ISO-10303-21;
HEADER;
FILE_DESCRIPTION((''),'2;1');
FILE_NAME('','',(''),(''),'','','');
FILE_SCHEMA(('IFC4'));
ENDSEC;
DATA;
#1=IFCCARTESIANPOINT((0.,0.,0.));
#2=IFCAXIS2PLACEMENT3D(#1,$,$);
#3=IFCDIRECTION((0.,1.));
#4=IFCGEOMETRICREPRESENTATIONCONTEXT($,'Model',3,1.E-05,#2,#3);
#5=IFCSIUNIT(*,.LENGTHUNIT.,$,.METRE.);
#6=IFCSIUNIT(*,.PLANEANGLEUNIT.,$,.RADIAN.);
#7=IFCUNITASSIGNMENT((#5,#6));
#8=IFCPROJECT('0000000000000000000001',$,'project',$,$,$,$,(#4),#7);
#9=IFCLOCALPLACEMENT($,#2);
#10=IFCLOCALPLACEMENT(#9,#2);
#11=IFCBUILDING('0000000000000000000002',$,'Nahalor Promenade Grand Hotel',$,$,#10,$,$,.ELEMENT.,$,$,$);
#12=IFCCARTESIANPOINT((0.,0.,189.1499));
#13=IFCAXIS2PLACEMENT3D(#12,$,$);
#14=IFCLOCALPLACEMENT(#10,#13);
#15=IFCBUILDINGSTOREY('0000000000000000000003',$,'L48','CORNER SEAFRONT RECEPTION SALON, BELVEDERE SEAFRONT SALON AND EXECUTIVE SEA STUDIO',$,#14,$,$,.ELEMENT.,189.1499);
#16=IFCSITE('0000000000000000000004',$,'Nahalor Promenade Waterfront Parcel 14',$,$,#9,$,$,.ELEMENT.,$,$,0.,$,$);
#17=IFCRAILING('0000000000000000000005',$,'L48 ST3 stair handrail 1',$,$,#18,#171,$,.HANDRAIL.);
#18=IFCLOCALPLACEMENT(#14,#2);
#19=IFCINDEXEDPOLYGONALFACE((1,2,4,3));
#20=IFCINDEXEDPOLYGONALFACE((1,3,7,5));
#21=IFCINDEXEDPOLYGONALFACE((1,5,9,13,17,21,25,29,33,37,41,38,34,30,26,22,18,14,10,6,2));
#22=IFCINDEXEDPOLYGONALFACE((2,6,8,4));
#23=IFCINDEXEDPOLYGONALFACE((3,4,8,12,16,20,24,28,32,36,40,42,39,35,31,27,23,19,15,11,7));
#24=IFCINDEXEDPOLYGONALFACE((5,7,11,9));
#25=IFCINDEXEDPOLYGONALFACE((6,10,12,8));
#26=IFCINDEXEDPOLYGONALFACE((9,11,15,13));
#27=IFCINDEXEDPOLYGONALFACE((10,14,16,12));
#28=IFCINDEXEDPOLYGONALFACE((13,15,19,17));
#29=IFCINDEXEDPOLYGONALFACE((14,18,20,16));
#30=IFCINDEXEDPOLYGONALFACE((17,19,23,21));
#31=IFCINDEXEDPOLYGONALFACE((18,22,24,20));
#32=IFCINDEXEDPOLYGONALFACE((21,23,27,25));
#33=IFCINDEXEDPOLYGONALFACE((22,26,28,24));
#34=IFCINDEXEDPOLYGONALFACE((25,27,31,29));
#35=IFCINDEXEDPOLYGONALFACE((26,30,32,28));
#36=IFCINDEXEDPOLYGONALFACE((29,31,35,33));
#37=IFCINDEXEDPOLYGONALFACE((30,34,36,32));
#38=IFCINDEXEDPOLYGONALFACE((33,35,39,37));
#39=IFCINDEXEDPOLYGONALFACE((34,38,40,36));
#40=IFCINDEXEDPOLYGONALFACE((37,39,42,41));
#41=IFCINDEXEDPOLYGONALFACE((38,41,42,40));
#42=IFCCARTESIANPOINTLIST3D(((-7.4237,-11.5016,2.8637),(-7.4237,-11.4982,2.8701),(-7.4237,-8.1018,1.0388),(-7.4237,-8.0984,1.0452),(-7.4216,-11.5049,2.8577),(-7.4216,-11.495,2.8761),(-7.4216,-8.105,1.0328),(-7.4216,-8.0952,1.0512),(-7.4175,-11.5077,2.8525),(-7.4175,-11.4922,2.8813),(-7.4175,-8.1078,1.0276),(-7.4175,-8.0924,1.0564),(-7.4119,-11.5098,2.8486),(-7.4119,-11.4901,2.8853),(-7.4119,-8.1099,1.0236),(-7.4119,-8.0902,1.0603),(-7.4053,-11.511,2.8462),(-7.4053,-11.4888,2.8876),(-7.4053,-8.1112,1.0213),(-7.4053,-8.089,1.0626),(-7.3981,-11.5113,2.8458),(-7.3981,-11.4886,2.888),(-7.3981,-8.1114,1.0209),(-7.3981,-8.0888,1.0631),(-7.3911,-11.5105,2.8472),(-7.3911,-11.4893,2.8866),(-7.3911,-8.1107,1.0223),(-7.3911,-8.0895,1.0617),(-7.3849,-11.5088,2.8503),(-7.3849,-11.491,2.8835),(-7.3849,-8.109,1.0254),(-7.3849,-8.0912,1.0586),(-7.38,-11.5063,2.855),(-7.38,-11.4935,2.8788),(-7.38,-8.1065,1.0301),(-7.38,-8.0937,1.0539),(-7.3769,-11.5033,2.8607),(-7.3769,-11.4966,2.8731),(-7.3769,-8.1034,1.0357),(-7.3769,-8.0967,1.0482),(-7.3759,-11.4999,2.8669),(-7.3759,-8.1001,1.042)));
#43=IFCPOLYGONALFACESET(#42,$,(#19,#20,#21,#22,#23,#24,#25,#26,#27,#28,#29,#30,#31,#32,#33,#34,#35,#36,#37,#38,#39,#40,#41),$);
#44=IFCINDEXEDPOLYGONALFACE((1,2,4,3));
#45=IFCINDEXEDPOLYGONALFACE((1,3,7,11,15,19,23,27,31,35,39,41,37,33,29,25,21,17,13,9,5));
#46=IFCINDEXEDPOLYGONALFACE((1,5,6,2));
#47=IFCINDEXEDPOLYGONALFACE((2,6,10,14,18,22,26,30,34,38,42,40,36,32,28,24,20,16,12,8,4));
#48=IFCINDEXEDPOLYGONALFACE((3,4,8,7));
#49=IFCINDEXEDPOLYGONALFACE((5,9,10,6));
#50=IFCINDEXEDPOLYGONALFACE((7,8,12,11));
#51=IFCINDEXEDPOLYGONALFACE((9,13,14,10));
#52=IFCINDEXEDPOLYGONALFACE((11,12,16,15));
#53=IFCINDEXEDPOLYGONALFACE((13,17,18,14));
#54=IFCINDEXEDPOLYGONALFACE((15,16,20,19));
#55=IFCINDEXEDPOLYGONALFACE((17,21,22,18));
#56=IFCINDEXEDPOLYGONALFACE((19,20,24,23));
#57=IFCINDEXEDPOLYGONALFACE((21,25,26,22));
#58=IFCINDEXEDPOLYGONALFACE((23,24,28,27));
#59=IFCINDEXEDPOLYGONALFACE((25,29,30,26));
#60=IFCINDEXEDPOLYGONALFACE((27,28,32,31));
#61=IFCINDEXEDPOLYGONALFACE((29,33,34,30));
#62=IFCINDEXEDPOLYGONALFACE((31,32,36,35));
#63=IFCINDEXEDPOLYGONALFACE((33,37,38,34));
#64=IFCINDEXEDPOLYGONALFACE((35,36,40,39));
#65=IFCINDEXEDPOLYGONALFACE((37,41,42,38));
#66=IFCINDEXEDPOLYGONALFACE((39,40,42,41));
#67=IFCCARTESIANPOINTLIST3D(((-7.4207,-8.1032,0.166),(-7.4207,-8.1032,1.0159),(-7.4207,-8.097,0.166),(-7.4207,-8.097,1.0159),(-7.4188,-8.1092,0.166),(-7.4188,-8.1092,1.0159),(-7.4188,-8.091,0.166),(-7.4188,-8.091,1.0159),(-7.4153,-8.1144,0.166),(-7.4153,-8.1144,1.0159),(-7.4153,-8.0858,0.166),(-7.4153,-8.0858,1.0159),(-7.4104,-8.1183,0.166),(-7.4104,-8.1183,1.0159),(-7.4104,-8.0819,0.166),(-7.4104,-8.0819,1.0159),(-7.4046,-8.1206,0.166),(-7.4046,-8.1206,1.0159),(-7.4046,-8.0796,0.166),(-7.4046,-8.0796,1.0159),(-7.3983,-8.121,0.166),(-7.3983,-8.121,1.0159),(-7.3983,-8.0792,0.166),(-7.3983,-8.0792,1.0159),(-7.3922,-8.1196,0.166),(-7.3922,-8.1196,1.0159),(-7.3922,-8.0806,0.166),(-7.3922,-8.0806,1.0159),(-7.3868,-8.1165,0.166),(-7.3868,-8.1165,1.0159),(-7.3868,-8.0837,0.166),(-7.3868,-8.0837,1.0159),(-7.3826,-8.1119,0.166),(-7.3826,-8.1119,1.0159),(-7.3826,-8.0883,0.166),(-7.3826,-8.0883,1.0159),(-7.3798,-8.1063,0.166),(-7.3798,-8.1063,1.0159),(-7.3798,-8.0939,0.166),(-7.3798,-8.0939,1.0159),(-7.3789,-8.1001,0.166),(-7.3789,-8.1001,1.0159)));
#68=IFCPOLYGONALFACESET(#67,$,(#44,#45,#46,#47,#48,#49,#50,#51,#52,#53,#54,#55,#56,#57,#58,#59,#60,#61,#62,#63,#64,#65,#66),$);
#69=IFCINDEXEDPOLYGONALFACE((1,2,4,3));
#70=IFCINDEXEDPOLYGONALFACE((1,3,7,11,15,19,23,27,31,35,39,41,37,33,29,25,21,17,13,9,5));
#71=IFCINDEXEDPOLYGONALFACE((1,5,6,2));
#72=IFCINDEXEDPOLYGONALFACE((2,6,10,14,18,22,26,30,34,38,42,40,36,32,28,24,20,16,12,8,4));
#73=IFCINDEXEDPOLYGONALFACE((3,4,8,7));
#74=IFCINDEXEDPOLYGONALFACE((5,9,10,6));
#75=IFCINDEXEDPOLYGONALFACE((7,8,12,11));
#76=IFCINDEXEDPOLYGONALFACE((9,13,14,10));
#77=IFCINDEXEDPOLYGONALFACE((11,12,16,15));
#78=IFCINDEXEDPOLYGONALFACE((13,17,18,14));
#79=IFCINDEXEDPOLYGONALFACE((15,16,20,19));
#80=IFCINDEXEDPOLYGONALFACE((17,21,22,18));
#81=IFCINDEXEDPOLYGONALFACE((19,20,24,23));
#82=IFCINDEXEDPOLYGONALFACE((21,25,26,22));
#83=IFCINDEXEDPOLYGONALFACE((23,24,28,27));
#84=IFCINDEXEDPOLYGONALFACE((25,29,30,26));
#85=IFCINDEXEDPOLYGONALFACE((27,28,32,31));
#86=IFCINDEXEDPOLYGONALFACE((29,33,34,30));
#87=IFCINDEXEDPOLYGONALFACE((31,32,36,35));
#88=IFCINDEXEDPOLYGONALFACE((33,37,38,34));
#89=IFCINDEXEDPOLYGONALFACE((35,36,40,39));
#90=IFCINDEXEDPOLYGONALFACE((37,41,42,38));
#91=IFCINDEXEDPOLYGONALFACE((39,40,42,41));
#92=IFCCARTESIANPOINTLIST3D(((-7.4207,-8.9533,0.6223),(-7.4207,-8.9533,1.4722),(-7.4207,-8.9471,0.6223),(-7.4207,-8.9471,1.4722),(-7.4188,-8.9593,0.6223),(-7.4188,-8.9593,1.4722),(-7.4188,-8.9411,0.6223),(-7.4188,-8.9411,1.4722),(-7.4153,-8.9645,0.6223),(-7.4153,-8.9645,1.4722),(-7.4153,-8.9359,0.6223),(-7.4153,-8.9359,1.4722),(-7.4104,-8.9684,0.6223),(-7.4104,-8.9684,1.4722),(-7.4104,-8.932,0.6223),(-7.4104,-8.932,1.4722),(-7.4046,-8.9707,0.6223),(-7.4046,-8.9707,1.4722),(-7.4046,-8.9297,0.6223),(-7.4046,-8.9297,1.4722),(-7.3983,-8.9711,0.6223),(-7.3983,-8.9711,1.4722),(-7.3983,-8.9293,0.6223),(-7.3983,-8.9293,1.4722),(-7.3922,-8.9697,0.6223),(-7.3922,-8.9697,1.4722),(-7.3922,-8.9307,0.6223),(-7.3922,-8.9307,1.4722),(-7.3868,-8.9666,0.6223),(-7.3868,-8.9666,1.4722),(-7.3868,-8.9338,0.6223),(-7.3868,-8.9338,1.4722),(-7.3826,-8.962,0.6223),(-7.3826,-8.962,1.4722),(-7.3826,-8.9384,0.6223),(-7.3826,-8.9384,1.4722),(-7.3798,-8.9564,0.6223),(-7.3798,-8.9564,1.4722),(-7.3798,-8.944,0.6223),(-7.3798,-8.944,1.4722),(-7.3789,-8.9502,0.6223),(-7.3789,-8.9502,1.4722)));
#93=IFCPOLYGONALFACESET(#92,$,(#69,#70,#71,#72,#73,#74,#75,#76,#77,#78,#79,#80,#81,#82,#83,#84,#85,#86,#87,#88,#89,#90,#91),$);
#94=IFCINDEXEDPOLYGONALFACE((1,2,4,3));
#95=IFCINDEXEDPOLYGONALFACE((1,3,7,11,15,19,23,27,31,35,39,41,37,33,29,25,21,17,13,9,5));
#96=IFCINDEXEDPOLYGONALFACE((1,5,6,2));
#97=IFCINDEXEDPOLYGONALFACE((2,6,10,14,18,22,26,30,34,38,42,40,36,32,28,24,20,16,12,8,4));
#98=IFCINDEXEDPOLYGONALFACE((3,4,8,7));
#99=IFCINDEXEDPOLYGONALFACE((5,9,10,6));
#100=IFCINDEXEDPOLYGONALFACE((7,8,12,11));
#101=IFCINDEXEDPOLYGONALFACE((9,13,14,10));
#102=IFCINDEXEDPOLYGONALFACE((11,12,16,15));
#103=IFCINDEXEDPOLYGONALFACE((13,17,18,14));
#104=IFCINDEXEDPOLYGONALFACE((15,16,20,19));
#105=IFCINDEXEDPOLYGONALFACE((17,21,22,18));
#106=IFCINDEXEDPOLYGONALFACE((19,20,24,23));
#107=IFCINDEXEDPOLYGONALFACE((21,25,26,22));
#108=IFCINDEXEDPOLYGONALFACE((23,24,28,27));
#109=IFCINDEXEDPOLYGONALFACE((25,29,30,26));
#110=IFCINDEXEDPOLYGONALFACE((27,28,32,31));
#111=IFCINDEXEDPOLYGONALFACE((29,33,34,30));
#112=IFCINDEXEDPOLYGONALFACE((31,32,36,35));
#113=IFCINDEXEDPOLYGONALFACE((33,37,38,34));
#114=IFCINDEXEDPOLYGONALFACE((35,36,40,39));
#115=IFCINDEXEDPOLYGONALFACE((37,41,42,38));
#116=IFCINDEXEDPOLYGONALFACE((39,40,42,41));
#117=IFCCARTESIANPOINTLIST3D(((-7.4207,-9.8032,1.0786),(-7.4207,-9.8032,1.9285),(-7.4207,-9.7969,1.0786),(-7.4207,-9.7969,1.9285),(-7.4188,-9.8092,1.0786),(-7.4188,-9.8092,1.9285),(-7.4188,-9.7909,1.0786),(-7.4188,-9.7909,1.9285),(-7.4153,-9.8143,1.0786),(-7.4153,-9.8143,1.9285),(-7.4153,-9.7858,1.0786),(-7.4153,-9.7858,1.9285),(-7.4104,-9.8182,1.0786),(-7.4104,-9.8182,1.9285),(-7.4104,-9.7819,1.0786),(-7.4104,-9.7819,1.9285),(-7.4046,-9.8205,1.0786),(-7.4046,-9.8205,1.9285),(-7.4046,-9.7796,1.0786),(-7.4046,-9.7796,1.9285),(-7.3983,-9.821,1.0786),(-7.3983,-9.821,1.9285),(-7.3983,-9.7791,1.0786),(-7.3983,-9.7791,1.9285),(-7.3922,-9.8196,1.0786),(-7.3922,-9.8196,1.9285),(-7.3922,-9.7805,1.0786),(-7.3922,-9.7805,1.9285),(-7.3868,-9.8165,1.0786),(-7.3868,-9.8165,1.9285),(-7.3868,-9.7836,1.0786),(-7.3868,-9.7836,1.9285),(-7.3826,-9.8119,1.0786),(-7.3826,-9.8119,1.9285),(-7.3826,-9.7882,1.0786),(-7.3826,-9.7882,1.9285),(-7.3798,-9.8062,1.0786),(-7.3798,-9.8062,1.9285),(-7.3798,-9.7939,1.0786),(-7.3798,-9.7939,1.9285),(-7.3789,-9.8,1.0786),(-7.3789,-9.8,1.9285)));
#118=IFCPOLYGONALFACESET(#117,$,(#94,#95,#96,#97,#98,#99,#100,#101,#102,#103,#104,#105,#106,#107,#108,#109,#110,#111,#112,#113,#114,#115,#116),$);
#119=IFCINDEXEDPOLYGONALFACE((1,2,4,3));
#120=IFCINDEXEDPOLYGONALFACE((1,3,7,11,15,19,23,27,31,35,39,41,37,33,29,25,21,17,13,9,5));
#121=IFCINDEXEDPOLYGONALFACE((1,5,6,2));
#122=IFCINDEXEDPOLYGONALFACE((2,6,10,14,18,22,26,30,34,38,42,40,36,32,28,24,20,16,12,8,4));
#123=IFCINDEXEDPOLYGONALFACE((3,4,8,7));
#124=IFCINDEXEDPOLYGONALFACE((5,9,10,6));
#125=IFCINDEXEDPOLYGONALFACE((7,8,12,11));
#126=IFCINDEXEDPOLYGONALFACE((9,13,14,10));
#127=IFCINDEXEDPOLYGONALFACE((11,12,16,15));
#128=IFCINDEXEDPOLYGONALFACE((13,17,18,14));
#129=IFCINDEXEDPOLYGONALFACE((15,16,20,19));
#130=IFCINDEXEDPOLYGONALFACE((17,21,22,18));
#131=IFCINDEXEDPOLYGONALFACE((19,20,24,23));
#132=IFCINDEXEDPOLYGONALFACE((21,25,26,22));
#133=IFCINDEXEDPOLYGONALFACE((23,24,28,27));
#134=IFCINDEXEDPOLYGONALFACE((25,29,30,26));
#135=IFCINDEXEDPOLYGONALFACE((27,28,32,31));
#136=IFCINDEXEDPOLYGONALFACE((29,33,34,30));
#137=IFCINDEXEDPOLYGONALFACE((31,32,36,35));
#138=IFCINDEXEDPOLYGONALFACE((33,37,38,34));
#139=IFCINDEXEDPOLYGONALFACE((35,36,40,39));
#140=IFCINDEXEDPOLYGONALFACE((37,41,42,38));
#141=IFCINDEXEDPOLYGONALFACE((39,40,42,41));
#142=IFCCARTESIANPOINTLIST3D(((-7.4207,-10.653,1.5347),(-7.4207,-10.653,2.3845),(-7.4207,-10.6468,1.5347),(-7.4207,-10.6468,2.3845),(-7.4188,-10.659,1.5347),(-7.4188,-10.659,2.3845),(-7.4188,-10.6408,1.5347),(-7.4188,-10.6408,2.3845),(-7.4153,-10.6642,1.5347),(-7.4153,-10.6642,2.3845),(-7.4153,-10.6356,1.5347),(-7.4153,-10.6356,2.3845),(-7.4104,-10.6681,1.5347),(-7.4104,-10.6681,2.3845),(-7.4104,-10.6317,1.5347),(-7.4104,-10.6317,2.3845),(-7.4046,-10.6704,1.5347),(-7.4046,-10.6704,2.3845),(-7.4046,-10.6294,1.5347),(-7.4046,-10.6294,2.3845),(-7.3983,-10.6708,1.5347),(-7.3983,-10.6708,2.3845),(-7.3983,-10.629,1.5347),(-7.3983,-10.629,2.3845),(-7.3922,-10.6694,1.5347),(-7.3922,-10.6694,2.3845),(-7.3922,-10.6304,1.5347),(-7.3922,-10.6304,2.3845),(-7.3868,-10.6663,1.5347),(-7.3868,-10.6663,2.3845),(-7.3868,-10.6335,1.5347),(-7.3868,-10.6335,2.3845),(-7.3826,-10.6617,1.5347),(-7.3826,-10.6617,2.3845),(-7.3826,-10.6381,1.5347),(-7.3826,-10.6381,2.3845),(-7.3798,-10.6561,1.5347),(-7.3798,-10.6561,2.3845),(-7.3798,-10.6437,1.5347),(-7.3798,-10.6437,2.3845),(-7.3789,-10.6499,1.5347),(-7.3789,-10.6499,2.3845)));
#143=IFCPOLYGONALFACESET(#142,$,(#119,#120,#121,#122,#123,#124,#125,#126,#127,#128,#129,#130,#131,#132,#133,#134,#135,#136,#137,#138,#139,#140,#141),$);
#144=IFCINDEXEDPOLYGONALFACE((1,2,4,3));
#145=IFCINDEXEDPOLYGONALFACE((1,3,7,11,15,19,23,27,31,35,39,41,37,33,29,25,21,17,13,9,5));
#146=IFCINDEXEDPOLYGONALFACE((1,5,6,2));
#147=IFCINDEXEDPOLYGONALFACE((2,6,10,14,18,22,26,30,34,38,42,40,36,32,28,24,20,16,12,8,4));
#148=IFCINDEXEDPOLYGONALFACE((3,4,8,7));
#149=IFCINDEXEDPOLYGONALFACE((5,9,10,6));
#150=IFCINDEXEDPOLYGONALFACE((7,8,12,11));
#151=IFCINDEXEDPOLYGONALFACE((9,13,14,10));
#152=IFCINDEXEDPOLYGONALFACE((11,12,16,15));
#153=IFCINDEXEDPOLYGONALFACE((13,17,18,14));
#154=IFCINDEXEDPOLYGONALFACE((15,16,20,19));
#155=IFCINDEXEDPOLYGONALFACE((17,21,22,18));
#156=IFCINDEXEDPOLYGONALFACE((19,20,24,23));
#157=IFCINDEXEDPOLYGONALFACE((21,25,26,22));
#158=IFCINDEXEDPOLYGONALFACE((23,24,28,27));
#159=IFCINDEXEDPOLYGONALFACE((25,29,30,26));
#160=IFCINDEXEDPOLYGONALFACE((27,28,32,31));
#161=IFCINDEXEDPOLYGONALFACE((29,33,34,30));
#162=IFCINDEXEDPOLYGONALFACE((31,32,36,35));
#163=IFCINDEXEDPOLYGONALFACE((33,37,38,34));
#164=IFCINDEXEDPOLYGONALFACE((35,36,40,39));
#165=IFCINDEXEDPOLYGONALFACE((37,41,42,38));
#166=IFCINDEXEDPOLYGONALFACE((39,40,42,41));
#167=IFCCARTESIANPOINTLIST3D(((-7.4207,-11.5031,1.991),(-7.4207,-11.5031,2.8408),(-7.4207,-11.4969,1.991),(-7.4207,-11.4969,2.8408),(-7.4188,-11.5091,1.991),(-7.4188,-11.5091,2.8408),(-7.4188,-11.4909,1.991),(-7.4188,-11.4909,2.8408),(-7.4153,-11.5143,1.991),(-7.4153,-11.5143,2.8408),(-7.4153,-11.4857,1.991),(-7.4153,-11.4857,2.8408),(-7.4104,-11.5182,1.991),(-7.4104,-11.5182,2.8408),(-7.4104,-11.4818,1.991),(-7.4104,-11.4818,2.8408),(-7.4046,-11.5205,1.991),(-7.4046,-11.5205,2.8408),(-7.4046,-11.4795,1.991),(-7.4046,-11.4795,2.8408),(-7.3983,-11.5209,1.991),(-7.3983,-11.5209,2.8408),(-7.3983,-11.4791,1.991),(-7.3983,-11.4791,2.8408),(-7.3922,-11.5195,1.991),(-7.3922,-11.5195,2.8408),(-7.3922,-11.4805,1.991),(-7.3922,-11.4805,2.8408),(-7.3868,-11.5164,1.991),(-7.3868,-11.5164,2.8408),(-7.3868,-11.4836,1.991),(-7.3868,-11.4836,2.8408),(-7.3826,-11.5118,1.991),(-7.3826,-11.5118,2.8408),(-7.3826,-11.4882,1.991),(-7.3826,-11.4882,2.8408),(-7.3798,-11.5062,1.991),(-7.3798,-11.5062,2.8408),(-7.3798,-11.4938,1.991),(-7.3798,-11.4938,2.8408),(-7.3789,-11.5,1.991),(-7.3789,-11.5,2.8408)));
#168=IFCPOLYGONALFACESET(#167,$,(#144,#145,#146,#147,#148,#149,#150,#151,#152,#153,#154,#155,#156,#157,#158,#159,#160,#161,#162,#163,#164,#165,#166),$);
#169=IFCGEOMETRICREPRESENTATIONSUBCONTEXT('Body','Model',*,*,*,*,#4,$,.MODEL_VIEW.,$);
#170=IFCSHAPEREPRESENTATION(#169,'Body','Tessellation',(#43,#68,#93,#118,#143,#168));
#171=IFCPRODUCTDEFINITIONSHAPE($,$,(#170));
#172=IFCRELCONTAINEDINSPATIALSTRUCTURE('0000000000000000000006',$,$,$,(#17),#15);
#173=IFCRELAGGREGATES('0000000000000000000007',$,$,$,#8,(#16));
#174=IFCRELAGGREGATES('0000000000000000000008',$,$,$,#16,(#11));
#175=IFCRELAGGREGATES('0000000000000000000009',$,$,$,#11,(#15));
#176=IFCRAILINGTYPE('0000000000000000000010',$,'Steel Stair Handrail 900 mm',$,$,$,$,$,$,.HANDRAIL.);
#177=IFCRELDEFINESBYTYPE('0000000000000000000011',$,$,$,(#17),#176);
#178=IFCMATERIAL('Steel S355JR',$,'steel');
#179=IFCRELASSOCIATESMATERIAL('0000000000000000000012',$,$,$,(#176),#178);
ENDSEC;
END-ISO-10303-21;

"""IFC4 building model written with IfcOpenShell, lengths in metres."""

from ifc_helpers import new_model, si_unit, direction, frame, origin, origin_2d, place, context, subcontext, project, spatial, circle, extrude, material, type_object, element, save


model = new_model("IFC4")

# Units and contexts
model_context = context("Model", 3, precision=1e-05, world=origin(), true_north=direction((0.0, 1.0)))
body_context = subcontext(model_context, "Body", "Model", "MODEL_VIEW")
ifc_project = project(units=[si_unit("LENGTHUNIT", "METRE"), si_unit("PLANEANGLEUNIT", "RADIAN")], contexts=[model_context])

# Site, building, storey
site_placement = place(None, origin())
site = spatial("IfcSite", under=ifc_project, at=site_placement, Name="Nahalor Promenade Waterfront Parcel 14", CompositionType="ELEMENT", RefElevation=0.0)
building_placement = place(site_placement, origin())
building = spatial("IfcBuilding", under=site, at=building_placement, Name="Nahalor Promenade Grand Hotel", CompositionType="ELEMENT")
storey_placement = place(building_placement, frame((0.0, 0.0, 189.1499)))
storey = spatial("IfcBuildingStorey", under=building, at=storey_placement, Name="L48", Description="CORNER SEAFRONT RECEPTION SALON, BELVEDERE SEAFRONT SALON AND EXECUTIVE SEA STUDIO", CompositionType="ELEMENT", Elevation=189.1499)

# Shared definitions
ifc_material_1 = material(Name="Steel S355JR", Category="steel")

# Railing
railing_type_1 = type_object("IfcRailingType", Name="Steel Stair Handrail 900 mm", PredefinedType="HANDRAIL", material=ifc_material_1)
for number, where, name in (
    (1, (-7.3999, -8.1001, 0.166), "L48 ST3 stair handrail 1"),
):
    element("IfcRailing", number, at=place(storey_placement, frame(where)), inside=storey, type_object=railing_type_1, Name=name, PredefinedType="HANDRAIL", context=body_context, shape_type="SweptSolid", body=[
        extrude(circle(Radius=0.024, at=origin_2d()), frame((0.0, 0.0, 0.876), z_axis=(0.0, -0.881094, 0.472941), x_axis=(1.0, 0.0, 0.0)), (0.0, 0.0, 1.0), 3.8586),
        extrude(circle(Radius=0.021, at=origin_2d()), origin(), (0.0, 0.0, 1.0), 0.8499),
        extrude(circle(Radius=0.021, at=origin_2d()), frame((0.0, -0.8501, 0.4563)), (0.0, 0.0, 1.0), 0.8499),
        extrude(circle(Radius=0.021, at=origin_2d()), frame((0.0, -1.7, 0.9126)), (0.0, 0.0, 1.0), 0.8499),
        extrude(circle(Radius=0.021, at=origin_2d()), frame((0.0, -2.5498, 1.3687)), (0.0, 0.0, 1.0), 0.8499),
        extrude(circle(Radius=0.021, at=origin_2d()), frame((0.0, -3.3999, 1.825)), (0.0, 0.0, 1.0), 0.8499),
    ])

save(model, "model.ifc")
